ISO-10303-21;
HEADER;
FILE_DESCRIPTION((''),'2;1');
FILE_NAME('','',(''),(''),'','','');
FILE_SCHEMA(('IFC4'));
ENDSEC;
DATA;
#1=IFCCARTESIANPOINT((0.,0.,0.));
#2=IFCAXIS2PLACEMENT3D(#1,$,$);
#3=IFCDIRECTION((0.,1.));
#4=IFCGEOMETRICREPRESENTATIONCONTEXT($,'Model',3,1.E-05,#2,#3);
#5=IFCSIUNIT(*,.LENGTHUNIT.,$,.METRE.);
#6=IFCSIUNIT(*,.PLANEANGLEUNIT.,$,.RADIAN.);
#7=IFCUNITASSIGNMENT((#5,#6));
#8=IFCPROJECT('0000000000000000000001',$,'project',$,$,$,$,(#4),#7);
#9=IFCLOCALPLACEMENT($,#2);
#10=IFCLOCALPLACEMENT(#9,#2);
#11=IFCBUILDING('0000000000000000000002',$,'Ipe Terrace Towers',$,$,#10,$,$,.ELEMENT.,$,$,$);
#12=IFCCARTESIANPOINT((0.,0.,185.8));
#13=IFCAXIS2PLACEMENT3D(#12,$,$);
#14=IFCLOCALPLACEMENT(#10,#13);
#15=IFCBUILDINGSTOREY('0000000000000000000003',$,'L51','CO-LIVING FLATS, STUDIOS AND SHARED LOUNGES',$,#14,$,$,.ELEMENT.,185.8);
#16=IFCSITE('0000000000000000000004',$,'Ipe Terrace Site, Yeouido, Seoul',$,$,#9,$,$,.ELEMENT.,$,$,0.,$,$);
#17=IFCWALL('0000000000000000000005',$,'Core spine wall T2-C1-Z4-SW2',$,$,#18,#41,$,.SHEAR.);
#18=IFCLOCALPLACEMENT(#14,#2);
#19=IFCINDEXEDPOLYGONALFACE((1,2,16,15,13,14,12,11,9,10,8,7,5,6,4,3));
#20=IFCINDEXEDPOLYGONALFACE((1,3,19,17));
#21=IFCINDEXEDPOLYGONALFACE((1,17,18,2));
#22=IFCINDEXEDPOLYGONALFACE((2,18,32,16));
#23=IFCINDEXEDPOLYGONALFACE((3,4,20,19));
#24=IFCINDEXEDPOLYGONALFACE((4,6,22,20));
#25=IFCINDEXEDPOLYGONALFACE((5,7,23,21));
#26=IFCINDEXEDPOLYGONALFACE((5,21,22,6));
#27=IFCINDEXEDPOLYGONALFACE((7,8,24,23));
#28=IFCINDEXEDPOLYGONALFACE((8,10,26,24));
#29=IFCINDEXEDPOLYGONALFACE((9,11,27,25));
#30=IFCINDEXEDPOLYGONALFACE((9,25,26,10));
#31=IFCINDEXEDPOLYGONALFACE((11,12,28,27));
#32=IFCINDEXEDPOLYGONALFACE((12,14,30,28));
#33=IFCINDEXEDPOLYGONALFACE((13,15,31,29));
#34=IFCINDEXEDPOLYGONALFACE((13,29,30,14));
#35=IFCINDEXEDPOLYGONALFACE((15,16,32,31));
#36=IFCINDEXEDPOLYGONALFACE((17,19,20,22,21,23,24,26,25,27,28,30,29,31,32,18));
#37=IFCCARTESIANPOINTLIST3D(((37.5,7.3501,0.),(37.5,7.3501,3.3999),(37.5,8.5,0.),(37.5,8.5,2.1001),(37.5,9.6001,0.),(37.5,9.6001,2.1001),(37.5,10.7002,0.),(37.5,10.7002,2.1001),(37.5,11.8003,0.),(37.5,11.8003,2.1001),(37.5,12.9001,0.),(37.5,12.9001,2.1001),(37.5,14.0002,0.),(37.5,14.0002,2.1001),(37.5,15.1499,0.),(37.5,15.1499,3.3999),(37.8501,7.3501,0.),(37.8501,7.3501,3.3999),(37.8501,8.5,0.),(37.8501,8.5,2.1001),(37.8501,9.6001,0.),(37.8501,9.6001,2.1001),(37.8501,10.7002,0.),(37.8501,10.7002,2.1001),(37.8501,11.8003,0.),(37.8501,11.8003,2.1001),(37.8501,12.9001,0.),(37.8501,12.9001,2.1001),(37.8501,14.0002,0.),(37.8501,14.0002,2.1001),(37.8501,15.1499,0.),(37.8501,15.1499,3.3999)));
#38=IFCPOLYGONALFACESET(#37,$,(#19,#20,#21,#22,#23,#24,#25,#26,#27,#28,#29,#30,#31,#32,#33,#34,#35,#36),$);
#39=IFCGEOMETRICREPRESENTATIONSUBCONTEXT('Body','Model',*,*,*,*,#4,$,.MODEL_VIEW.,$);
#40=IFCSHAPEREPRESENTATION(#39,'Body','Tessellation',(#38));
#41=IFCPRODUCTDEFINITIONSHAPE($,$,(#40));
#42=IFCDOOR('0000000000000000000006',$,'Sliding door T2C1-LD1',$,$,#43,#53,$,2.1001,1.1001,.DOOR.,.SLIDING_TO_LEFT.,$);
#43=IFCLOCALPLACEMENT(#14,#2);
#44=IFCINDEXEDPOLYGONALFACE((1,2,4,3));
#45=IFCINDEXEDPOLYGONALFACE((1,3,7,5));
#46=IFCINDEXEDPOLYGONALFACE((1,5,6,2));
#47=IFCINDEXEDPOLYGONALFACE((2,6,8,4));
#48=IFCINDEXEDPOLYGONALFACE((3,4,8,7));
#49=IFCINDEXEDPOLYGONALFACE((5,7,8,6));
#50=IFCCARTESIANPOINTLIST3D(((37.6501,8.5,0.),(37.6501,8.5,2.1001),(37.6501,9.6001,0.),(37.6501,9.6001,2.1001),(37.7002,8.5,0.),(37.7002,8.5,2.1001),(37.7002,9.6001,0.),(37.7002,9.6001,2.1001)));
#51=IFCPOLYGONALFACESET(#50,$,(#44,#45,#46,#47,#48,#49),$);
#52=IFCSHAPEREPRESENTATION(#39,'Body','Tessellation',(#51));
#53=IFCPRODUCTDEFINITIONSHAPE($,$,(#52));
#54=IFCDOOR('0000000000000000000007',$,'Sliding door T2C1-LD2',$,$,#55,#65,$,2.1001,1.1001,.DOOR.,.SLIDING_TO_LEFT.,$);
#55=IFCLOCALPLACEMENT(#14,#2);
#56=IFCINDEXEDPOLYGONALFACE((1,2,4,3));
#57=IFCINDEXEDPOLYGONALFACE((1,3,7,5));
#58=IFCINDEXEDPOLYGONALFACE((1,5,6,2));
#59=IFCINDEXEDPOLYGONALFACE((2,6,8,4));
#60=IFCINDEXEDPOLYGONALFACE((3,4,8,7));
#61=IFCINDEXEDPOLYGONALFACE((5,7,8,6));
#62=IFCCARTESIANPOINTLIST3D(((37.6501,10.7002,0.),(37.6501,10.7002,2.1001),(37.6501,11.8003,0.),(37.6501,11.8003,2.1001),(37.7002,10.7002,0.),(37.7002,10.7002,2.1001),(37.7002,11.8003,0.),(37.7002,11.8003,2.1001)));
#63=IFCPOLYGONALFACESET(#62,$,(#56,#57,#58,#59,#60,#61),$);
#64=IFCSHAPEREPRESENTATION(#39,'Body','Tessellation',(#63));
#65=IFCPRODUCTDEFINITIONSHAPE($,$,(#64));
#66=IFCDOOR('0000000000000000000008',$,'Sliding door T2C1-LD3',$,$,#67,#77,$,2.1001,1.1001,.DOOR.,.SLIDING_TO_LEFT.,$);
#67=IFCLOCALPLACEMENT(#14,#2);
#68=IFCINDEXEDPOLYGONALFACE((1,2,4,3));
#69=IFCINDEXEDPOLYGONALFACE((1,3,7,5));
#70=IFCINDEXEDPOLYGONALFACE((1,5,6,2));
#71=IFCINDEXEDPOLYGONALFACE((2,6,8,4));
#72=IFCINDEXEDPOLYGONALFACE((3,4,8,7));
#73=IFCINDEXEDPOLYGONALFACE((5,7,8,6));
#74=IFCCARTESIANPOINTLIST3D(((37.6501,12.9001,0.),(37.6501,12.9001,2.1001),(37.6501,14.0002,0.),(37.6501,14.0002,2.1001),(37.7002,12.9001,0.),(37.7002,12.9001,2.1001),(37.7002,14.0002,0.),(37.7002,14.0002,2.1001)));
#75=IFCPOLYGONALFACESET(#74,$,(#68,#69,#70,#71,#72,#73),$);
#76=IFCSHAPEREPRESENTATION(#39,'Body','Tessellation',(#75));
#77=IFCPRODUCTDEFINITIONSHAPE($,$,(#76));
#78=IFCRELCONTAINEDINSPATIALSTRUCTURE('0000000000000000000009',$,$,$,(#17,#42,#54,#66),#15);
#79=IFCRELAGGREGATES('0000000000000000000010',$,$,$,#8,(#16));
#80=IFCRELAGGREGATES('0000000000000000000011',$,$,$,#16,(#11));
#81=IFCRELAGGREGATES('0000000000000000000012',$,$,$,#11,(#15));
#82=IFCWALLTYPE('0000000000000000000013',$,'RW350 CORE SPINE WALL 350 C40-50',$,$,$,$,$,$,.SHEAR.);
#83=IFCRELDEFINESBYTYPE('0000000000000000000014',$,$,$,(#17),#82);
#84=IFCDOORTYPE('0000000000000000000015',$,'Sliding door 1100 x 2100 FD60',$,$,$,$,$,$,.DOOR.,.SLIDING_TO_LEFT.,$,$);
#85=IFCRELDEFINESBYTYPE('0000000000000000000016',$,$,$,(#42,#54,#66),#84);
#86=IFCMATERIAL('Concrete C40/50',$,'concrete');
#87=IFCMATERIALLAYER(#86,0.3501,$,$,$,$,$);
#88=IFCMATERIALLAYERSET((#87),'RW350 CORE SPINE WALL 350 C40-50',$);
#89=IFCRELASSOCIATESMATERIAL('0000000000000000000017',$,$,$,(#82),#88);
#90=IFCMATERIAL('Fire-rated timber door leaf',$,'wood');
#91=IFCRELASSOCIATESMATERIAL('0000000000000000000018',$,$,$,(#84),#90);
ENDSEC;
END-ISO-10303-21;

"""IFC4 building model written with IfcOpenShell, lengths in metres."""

from ifc_helpers import new_model, si_unit, direction, frame, frame_2d, origin, place, context, subcontext, project, spatial, rectangle, extrude, material, layer, layer_set, type_object, element, fill, save


model = new_model("IFC4")

# Units and contexts
model_context = context("Model", 3, precision=1e-05, world=origin(), true_north=direction((0.0, 1.0)))
body_context = subcontext(model_context, "Body", "Model", "MODEL_VIEW")
ifc_project = project(units=[si_unit("LENGTHUNIT", "METRE"), si_unit("PLANEANGLEUNIT", "RADIAN")], contexts=[model_context])

# Site, building, storey
site_placement = place(None, origin())
site = spatial("IfcSite", under=ifc_project, at=site_placement, Name="Ipe Terrace Site, Yeouido, Seoul", CompositionType="ELEMENT", RefElevation=0.0)
building_placement = place(site_placement, origin())
building = spatial("IfcBuilding", under=site, at=building_placement, Name="Ipe Terrace Towers", CompositionType="ELEMENT")
storey_placement = place(building_placement, frame((0.0, 0.0, 185.8)))
storey = spatial("IfcBuildingStorey", under=building, at=storey_placement, Name="L51", Description="CO-LIVING FLATS, STUDIOS AND SHARED LOUNGES", CompositionType="ELEMENT", Elevation=185.8)

# Shared definitions
ifc_material_1 = material(Name="Concrete C40/50", Category="concrete")
ifc_layer_1 = layer(ifc_material_1, 0.3501)
ifc_layer_set_1 = layer_set([ifc_layer_1], Name="RW350 CORE SPINE WALL 350 C40-50")
wall_type_1 = type_object("IfcWallType", Name="RW350 CORE SPINE WALL 350 C40-50", PredefinedType="SHEAR", material=ifc_layer_set_1)

# Wall, openings, doors
wall_1_placement = place(storey_placement, frame((37.675, 7.3501, 0.0), z_axis=(0.0, 0.0, 1.0), x_axis=(0.0, 1.0, 0.0)))
wall_1 = element("IfcWall", 1, at=wall_1_placement, inside=storey, type_object=wall_type_1, Name="Core spine wall T2-C1-Z4-SW2", PredefinedType="SHEAR", context=body_context, shape_type="SweptSolid", body=[
    extrude(rectangle(XDim=7.7998, YDim=0.3501, at=frame_2d((3.8999, 0.0))), origin(), (0.0, 0.0, 1.0), 3.3999),
])
opening_1_placement = place(wall_1_placement, frame((1.1499, 0.0, 0.0)))
opening_1 = element("IfcOpeningElement", 2, at=opening_1_placement, cuts=wall_1, PredefinedType="OPENING", context=body_context, shape_type="SweptSolid", body=[
    extrude(rectangle(XDim=1.1001, YDim=2.1001, at=frame_2d((0.55, 1.05))), frame((0.0, 0.1851, 0.0), z_axis=(0.0, -1.0, 0.0), x_axis=(1.0, 0.0, 0.0)), (0.0, 0.0, 1.0), 0.3701),
])
opening_2_placement = place(wall_1_placement, frame((3.3501, 0.0, 0.0)))
opening_2 = element("IfcOpeningElement", 3, at=opening_2_placement, cuts=wall_1, PredefinedType="OPENING", context=body_context, shape_type="SweptSolid", body=[
    extrude(rectangle(XDim=1.1001, YDim=2.1001, at=frame_2d((0.55, 1.05))), frame((0.0, 0.1851, 0.0), z_axis=(0.0, -1.0, 0.0), x_axis=(1.0, 0.0, 0.0)), (0.0, 0.0, 1.0), 0.3701),
])
opening_3_placement = place(wall_1_placement, frame((5.55, 0.0, 0.0)))
opening_3 = element("IfcOpeningElement", 4, at=opening_3_placement, cuts=wall_1, PredefinedType="OPENING", context=body_context, shape_type="SweptSolid", body=[
    extrude(rectangle(XDim=1.1001, YDim=2.1001, at=frame_2d((0.55, 1.05))), frame((0.0, 0.1851, 0.0), z_axis=(0.0, -1.0, 0.0), x_axis=(1.0, 0.0, 0.0)), (0.0, 0.0, 1.0), 0.3701),
])
ifc_material_2 = material(Name="Fire-rated timber door leaf", Category="wood")
door_type_1 = type_object("IfcDoorType", Name="Sliding door 1100 x 2100 FD60", OperationType="SLIDING_TO_LEFT", PredefinedType="DOOR", material=ifc_material_2)
door_1_placement = place(opening_1_placement, origin())
door_1 = element("IfcDoor", 5, at=door_1_placement, inside=storey, type_object=door_type_1, Name="Sliding door T2C1-LD1", OperationType="SLIDING_TO_LEFT", OverallHeight=2.1001, OverallWidth=1.1001, PredefinedType="DOOR", context=body_context, shape_type="SweptSolid", body=[
    extrude(rectangle(XDim=1.1001, YDim=2.1001, at=frame_2d((0.55, 1.05))), frame((0.0, 0.0249, 0.0), z_axis=(0.0, -1.0, 0.0), x_axis=(1.0, 0.0, 0.0)), (0.0, 0.0, 1.0), 0.05),
])
fill(opening_1, door_1)
door_2_placement = place(opening_2_placement, origin())
door_2 = element("IfcDoor", 6, at=door_2_placement, inside=storey, type_object=door_type_1, Name="Sliding door T2C1-LD2", OperationType="SLIDING_TO_LEFT", OverallHeight=2.1001, OverallWidth=1.1001, PredefinedType="DOOR", context=body_context, shape_type="SweptSolid", body=[
    extrude(rectangle(XDim=1.1001, YDim=2.1001, at=frame_2d((0.55, 1.05))), frame((0.0, 0.0249, 0.0), z_axis=(0.0, -1.0, 0.0), x_axis=(1.0, 0.0, 0.0)), (0.0, 0.0, 1.0), 0.05),
])
fill(opening_2, door_2)
door_3_placement = place(opening_3_placement, origin())
door_3 = element("IfcDoor", 7, at=door_3_placement, inside=storey, type_object=door_type_1, Name="Sliding door T2C1-LD3", OperationType="SLIDING_TO_LEFT", OverallHeight=2.1001, OverallWidth=1.1001, PredefinedType="DOOR", context=body_context, shape_type="SweptSolid", body=[
    extrude(rectangle(XDim=1.1001, YDim=2.1001, at=frame_2d((0.55, 1.05))), frame((0.0, 0.0249, 0.0), z_axis=(0.0, -1.0, 0.0), x_axis=(1.0, 0.0, 0.0)), (0.0, 0.0, 1.0), 0.05),
])
fill(opening_3, door_3)

save(model, "model.ifc")
